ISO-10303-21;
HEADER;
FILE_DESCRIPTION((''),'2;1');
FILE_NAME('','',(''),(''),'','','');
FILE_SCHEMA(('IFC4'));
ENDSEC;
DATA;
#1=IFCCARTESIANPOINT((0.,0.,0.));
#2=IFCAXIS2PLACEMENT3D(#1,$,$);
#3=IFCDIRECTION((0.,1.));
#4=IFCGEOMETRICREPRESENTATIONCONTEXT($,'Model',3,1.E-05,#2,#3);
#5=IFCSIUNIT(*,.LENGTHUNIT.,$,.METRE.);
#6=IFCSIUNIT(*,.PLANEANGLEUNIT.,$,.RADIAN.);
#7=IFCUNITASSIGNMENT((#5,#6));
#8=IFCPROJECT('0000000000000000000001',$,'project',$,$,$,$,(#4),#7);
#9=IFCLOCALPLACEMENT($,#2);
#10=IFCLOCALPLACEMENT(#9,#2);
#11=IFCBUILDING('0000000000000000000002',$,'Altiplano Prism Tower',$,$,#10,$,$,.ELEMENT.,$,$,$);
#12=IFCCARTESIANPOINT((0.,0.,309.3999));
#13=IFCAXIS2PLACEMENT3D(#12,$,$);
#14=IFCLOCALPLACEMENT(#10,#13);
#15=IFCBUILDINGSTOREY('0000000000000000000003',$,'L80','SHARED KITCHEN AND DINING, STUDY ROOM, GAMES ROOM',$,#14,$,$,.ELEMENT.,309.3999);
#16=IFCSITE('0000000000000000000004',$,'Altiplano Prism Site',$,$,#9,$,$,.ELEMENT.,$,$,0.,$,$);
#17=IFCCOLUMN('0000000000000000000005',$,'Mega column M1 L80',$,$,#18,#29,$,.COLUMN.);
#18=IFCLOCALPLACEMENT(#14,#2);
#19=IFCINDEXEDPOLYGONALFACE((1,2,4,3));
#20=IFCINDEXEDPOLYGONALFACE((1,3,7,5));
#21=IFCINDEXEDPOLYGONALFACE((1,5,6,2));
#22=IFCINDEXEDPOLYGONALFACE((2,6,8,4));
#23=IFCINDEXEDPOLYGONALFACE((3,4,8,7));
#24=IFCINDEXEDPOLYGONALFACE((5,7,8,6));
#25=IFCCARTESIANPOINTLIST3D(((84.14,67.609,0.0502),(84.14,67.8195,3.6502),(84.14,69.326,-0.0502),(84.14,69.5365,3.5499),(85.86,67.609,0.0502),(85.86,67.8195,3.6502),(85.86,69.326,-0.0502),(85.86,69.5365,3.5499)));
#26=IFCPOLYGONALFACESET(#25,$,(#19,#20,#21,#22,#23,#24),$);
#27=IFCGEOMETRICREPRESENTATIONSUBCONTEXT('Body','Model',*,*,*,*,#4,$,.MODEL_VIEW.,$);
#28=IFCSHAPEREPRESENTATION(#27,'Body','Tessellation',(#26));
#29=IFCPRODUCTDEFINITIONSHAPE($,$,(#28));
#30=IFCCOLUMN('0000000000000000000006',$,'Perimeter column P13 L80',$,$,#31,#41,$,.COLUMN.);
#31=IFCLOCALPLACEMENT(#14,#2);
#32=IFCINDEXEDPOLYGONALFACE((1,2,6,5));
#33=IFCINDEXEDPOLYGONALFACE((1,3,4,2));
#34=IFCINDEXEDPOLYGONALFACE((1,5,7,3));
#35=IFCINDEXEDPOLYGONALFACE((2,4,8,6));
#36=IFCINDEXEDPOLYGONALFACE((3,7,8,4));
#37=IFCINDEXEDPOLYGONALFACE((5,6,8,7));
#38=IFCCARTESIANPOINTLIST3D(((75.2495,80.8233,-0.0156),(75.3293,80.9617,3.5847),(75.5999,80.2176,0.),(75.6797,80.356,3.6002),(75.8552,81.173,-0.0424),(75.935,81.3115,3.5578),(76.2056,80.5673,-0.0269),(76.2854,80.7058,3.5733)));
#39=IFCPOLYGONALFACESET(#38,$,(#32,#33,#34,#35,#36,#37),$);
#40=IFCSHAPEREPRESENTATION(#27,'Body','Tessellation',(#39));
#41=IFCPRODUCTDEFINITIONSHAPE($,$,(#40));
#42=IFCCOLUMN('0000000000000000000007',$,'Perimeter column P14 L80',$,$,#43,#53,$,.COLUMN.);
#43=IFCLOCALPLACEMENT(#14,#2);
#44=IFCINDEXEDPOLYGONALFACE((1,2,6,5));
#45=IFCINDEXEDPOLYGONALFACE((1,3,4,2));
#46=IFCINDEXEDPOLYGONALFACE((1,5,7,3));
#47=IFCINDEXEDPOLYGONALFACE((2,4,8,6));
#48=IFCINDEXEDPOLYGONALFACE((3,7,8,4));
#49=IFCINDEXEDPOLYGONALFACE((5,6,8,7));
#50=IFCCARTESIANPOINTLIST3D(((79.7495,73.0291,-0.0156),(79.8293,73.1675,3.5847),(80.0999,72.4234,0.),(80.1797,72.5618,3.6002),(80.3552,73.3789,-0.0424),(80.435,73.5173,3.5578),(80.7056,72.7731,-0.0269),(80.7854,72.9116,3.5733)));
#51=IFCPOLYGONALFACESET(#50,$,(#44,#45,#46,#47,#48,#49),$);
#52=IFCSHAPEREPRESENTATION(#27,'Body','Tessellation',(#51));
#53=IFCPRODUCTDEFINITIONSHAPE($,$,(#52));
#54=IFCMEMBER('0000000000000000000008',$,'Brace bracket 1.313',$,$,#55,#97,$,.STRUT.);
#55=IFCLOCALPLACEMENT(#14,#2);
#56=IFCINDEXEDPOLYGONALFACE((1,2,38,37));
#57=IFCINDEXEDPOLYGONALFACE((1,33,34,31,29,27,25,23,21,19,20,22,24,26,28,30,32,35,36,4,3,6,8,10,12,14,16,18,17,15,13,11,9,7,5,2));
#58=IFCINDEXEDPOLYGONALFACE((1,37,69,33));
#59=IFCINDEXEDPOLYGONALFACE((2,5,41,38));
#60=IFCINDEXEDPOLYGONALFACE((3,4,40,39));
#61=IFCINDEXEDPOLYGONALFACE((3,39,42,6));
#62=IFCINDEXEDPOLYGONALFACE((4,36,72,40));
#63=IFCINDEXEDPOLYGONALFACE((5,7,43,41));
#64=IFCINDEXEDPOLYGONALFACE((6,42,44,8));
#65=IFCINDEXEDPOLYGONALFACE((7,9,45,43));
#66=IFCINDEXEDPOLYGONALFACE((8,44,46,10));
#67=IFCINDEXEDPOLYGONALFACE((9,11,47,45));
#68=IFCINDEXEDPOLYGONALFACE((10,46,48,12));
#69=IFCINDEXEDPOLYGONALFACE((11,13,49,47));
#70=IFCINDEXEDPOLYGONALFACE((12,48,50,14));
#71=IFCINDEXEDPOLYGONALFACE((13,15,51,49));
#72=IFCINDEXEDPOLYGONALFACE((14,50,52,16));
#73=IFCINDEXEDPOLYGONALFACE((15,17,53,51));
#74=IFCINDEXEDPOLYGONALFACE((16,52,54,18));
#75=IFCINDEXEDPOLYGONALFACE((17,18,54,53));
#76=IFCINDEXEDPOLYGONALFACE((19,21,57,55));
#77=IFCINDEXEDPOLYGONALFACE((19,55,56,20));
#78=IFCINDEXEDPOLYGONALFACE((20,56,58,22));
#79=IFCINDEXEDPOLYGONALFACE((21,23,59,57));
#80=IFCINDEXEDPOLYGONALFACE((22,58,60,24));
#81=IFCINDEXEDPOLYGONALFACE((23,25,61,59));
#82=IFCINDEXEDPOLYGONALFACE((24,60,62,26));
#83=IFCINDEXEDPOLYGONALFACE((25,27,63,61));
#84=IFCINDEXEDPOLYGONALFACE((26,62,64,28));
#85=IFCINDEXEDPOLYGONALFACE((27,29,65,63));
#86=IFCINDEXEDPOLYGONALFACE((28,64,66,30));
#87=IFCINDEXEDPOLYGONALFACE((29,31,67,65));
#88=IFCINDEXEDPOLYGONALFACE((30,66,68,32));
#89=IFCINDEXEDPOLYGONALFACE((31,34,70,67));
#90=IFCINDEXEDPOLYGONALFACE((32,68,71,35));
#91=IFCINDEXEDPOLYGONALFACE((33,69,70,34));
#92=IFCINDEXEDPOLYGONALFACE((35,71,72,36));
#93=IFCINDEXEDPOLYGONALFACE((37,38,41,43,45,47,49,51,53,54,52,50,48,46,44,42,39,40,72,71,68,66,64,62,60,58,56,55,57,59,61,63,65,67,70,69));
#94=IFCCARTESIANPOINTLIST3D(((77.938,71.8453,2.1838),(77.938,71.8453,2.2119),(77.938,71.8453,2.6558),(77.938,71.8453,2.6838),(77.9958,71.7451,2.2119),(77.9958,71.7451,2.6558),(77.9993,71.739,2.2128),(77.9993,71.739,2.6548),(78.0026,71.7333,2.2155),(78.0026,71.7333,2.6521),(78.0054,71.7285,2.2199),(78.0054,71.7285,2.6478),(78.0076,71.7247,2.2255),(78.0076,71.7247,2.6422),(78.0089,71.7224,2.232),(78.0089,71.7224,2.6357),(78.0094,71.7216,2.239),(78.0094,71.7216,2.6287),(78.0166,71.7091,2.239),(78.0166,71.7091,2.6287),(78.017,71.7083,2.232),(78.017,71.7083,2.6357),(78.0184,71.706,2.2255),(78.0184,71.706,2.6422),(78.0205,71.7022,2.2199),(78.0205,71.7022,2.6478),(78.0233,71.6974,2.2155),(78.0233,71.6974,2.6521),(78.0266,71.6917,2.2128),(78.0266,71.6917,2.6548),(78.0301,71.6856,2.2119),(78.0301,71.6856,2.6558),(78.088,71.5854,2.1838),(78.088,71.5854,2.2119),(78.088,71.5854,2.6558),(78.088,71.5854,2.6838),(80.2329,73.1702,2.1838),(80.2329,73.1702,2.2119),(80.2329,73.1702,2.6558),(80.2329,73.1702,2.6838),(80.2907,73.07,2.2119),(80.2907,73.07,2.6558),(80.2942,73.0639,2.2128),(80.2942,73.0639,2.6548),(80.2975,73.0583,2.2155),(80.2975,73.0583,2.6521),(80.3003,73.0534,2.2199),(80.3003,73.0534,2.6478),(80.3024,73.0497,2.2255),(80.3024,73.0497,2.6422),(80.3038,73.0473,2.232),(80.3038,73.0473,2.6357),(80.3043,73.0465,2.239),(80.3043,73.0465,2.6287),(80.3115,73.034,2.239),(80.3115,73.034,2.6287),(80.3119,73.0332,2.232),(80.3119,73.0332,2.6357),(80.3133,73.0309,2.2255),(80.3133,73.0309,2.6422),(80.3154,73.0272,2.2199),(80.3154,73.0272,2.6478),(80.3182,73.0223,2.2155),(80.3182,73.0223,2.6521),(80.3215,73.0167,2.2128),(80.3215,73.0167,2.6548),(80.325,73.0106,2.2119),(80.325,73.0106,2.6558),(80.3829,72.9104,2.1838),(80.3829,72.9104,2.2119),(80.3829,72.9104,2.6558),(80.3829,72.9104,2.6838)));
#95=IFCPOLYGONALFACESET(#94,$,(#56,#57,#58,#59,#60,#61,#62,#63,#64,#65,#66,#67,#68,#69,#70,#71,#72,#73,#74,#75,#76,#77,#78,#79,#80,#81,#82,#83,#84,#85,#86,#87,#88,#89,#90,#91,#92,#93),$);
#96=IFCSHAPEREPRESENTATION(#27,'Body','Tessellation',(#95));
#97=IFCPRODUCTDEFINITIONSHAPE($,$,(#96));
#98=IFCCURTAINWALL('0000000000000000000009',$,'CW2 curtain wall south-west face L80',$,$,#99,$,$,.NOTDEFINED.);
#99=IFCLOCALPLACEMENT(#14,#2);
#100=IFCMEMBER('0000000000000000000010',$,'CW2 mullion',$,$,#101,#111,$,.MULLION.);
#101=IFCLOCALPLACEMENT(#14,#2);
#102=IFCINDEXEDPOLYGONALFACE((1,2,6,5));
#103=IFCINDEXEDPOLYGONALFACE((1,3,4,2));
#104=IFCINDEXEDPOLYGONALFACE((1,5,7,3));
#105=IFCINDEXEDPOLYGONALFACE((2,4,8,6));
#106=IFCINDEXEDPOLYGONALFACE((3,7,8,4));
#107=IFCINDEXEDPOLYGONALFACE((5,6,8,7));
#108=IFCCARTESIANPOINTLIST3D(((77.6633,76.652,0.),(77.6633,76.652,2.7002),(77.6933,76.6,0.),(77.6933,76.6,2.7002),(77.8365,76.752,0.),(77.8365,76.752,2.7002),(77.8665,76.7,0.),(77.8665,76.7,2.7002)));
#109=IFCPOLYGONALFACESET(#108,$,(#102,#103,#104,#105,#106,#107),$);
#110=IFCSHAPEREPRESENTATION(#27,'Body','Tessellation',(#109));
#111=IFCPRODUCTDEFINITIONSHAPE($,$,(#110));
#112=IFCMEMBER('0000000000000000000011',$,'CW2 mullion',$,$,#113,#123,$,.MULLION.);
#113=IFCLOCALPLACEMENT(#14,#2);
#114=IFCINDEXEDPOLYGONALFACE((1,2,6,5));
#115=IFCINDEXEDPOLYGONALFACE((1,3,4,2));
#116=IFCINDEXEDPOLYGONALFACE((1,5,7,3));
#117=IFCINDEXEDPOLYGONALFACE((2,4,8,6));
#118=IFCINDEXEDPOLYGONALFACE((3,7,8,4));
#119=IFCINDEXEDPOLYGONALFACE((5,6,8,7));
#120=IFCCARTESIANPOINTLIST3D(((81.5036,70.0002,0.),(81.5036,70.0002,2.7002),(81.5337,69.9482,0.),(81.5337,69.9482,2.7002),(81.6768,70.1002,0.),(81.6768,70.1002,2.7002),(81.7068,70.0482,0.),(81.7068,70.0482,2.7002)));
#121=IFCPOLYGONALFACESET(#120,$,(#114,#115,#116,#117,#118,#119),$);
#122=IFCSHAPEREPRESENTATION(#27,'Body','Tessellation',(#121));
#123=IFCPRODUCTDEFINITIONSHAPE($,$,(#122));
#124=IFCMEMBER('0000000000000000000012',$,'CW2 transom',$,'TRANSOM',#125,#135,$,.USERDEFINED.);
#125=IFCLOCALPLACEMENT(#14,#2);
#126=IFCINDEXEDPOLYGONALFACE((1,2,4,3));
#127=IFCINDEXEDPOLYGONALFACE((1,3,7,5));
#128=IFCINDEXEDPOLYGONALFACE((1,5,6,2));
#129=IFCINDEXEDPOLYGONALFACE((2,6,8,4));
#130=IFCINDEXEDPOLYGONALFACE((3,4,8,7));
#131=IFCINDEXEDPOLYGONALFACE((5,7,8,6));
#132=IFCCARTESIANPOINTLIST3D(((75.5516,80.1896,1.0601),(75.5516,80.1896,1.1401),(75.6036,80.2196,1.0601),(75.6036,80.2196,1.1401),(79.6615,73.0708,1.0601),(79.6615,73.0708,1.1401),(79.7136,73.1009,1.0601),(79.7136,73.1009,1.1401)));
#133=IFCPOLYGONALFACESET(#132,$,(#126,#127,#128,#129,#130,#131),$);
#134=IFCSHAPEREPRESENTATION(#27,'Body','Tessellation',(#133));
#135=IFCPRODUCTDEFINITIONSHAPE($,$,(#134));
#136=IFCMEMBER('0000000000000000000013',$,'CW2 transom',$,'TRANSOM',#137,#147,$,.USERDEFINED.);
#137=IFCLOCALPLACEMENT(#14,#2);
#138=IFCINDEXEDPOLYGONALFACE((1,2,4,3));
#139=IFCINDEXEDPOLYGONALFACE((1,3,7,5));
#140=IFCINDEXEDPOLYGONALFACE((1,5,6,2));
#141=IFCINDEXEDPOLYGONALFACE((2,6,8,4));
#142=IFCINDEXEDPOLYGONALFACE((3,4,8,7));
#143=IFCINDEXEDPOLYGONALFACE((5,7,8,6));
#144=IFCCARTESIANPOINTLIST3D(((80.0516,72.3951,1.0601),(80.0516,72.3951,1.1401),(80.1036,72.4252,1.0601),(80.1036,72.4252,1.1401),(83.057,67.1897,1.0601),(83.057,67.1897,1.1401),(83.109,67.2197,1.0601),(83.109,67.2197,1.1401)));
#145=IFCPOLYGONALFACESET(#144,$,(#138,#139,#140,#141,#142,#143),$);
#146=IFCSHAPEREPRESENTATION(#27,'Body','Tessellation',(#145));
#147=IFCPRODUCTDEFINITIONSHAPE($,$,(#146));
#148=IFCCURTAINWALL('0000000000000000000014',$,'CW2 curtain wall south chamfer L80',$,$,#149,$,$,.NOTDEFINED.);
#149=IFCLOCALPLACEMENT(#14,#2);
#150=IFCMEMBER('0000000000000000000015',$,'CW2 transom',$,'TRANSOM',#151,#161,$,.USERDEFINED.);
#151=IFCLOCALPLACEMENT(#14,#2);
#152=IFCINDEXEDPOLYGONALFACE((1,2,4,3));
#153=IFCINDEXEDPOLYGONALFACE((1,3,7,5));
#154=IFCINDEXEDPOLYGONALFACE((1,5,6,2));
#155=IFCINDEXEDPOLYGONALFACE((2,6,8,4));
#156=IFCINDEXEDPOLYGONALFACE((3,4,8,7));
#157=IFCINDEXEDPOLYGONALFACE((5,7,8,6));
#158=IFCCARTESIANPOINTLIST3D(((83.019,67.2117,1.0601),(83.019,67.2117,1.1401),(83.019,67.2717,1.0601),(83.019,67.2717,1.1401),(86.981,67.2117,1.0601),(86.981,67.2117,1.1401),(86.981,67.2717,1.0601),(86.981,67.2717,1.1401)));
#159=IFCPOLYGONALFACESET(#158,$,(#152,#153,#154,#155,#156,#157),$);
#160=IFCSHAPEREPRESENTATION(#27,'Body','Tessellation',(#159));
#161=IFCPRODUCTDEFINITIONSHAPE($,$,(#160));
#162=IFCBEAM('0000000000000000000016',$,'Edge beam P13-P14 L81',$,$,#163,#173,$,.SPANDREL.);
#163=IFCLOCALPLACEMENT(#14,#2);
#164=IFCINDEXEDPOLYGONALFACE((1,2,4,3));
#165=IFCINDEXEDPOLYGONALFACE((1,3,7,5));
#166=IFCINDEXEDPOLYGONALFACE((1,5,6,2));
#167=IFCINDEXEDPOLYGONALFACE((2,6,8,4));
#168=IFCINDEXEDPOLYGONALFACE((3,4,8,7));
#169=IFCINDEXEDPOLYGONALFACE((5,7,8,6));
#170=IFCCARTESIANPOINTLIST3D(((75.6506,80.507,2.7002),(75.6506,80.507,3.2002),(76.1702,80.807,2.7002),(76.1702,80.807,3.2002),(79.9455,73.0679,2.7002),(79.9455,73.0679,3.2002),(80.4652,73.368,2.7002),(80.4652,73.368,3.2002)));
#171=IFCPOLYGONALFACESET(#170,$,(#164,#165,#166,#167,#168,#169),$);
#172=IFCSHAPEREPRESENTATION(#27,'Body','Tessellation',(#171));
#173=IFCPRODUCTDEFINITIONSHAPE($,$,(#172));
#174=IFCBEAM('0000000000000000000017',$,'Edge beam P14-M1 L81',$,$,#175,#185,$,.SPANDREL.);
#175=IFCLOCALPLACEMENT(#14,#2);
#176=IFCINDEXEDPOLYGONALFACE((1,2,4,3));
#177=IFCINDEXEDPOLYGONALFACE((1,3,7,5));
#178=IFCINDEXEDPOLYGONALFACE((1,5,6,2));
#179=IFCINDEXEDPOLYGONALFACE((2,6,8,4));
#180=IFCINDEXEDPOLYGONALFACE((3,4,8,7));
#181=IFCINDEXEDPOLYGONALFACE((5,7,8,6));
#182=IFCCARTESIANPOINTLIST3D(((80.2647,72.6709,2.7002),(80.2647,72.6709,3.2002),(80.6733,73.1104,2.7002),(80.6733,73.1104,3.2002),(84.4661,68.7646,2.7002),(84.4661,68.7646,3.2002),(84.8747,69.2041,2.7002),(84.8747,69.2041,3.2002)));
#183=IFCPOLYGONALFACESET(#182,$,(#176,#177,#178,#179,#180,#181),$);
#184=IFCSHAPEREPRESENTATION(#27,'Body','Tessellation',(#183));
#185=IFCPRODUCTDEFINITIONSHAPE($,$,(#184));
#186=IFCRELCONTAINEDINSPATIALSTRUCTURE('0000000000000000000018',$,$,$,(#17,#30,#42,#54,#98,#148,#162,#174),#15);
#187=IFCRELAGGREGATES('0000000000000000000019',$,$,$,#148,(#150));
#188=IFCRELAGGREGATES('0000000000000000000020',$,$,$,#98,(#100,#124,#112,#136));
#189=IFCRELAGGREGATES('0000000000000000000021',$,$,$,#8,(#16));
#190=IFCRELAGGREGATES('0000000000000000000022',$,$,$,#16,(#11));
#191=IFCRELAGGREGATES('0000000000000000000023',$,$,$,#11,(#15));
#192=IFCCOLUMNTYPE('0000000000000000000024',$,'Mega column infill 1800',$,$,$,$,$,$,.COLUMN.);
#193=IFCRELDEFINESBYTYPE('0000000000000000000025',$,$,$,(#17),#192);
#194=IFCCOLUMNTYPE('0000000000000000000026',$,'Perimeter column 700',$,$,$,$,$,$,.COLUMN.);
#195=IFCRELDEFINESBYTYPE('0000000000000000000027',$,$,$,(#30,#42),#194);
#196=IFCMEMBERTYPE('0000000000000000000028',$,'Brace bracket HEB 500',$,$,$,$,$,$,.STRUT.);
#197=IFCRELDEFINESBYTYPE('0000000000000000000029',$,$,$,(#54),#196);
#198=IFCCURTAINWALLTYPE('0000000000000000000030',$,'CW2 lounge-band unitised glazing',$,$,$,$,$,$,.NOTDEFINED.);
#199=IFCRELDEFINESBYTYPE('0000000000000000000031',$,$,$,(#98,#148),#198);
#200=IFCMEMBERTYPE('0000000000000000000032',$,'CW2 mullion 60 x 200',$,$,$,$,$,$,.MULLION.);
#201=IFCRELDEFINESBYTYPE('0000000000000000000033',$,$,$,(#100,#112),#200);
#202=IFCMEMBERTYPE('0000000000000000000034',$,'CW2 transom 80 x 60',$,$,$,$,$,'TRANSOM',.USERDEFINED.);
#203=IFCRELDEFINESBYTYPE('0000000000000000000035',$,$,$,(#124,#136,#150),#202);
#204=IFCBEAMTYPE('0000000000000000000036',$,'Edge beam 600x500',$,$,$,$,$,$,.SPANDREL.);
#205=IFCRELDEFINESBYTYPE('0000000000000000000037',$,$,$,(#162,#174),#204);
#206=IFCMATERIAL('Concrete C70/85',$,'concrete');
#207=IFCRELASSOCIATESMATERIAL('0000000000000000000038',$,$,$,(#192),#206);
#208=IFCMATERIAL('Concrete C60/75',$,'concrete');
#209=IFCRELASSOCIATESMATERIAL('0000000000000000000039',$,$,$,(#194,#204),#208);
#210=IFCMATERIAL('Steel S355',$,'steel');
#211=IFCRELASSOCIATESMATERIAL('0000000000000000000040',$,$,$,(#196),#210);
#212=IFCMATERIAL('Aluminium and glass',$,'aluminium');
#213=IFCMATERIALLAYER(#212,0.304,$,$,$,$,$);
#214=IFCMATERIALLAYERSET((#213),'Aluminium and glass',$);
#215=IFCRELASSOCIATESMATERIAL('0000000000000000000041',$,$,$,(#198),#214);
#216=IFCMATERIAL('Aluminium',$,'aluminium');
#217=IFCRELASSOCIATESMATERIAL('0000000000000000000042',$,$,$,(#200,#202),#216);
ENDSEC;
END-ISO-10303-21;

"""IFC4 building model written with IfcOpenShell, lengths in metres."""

from ifc_helpers import new_model, si_unit, direction, frame, origin, origin_2d, place, context, subcontext, project, spatial, rectangle, i_section, extrude, material, layer, layer_set, material_profile, profile_set, type_object, element, aggregate, save


model = new_model("IFC4")

# Units and contexts
model_context = context("Model", 3, precision=1e-05, world=origin(), true_north=direction((0.0, 1.0)))
body_context = subcontext(model_context, "Body", "Model", "MODEL_VIEW")
ifc_project = project(units=[si_unit("LENGTHUNIT", "METRE"), si_unit("PLANEANGLEUNIT", "RADIAN")], contexts=[model_context])

# Site, building, storey
site_placement = place(None, origin())
site = spatial("IfcSite", under=ifc_project, at=site_placement, Name="Altiplano Prism Site", CompositionType="ELEMENT", RefElevation=0.0)
building_placement = place(site_placement, origin())
building = spatial("IfcBuilding", under=site, at=building_placement, Name="Altiplano Prism Tower", CompositionType="ELEMENT")
storey_placement = place(building_placement, frame((0.0, 0.0, 309.3999)))
storey = spatial("IfcBuildingStorey", under=building, at=storey_placement, Name="L80", Description="SHARED KITCHEN AND DINING, STUDY ROOM, GAMES ROOM", CompositionType="ELEMENT", Elevation=309.3999)

# Columns
ifc_material_1 = material(Name="Concrete C70/85", Category="concrete")
ifc_material_profile_1 = material_profile(ifc_material_1, rectangle(XDim=1.72, YDim=1.72, at=origin_2d()), Name="Mega column infill 1800")
ifc_profile_set_1 = profile_set([ifc_material_profile_1], Name="Concrete C70/85")
column_type_1 = type_object("IfcColumnType", Name="Mega column infill 1800", PredefinedType="COLUMN", material=ifc_profile_set_1)
column_placement = place(storey_placement, frame((85.0, 68.4675, 0.0), z_axis=(0.0, 0.058357, 0.998296), x_axis=(-1.0, 0.0, 0.0)))
element("IfcColumn", 1, at=column_placement, inside=storey, type_object=column_type_1, Name="Mega column M1 L80", PredefinedType="COLUMN", context=body_context, shape_type="SweptSolid", body=[
    extrude(rectangle(XDim=1.72, YDim=1.72, at=origin_2d()), origin(), (0.0, 0.0, 1.0), 3.6062),
])
ifc_material_2 = material(Name="Concrete C60/75", Category="concrete")
ifc_material_profile_2 = material_profile(ifc_material_2, rectangle(XDim=0.7, YDim=0.7, at=origin_2d()), Name="Perimeter column 700")
ifc_profile_set_2 = profile_set([ifc_material_profile_2], Name="Concrete C60/75")
column_type_2 = type_object("IfcColumnType", Name="Perimeter column 700", PredefinedType="COLUMN", material=ifc_profile_set_2)
for number, where, z_axis, x_axis, name in (
    (2, (75.7275, 80.6953, -0.0212), (0.022154, 0.038413, 0.999016), (-0.865365, -0.499669, 0.038403), "Perimeter column P13 L80"),
    (3, (80.2275, 72.9011, -0.0212), (0.022154, 0.038413, 0.999016), (-0.865362, -0.499674, 0.038403), "Perimeter column P14 L80"),
):
    element("IfcColumn", number, at=place(storey_placement, frame(where, z_axis=z_axis, x_axis=x_axis)), inside=storey, type_object=column_type_2, Name=name, PredefinedType="COLUMN", context=body_context, shape_type="SweptSolid", body=[
        extrude(rectangle(XDim=0.7, YDim=0.7, at=origin_2d()), origin(), (0.0, 0.0, 1.0), 3.6038),
    ])

# Member
ifc_material_3 = material(Name="Steel S355", Category="steel")
ifc_material_profile_3 = material_profile(ifc_material_3, i_section(OverallWidth=0.3, OverallDepth=0.5, WebThickness=0.0144, FlangeThickness=0.0281, FilletRadius=0.0271, at=origin_2d()), Name="Brace bracket HEB 500")
ifc_profile_set_3 = profile_set([ifc_material_profile_3], Name="Steel S355")
member_type_1 = type_object("IfcMemberType", Name="Brace bracket HEB 500", PredefinedType="STRUT", material=ifc_profile_set_3)
member_1_placement = place(storey_placement, frame((80.3079, 73.0403, 2.4338), z_axis=(-0.866029, -0.499994, 0.0), x_axis=(0.499994, -0.866029, 0.0)))
element("IfcMember", 4, at=member_1_placement, inside=storey, type_object=member_type_1, Name="Brace bracket 1.313", PredefinedType="STRUT", context=body_context, shape_type="SweptSolid", body=[
    extrude(i_section(OverallWidth=0.3, OverallDepth=0.5, WebThickness=0.0144, FlangeThickness=0.0281, FilletRadius=0.0271, at=origin_2d()), origin(), (0.0, 0.0, 1.0), 2.6499),
])

# Curtain wall, members
ifc_material_4 = material(Name="Aluminium and glass", Category="aluminium")
ifc_layer_1 = layer(ifc_material_4, 0.304)
ifc_layer_set_1 = layer_set([ifc_layer_1], Name="Aluminium and glass")
curtain_wall_type = type_object("IfcCurtainWallType", Name="CW2 lounge-band unitised glazing", PredefinedType="NOTDEFINED", material=ifc_layer_set_1)
curtain_wall_1_placement = place(storey_placement, origin())
curtain_wall_1 = element("IfcCurtainWall", 5, at=curtain_wall_1_placement, inside=storey, type_object=curtain_wall_type, Name="CW2 curtain wall south-west face L80", PredefinedType="NOTDEFINED")
ifc_material_5 = material(Name="Aluminium", Category="aluminium")
ifc_material_profile_4 = material_profile(ifc_material_5, rectangle(XDim=0.2, YDim=0.0601, at=origin_2d()), Name="CW2 mullion 60 x 200")
ifc_profile_set_4 = profile_set([ifc_material_profile_4], Name="Aluminium")
member_type_2 = type_object("IfcMemberType", Name="CW2 mullion 60 x 200", PredefinedType="MULLION", material=ifc_profile_set_4)
member_2_placement = place(storey_placement, frame((77.7649, 76.676, 0.0), z_axis=(0.0, 0.0, 1.0), x_axis=(0.866025, 0.5, 0.0)))
member_2 = element("IfcMember", 6, at=member_2_placement, type_object=member_type_2, Name="CW2 mullion", PredefinedType="MULLION", context=body_context, shape_type="SweptSolid", body=[
    extrude(rectangle(XDim=0.2, YDim=0.0601, at=origin_2d()), origin(), (0.0, 0.0, 1.0), 2.7002),
])
member_3_placement = place(storey_placement, frame((81.6052, 70.0242, 0.0), z_axis=(0.0, 0.0, 1.0), x_axis=(0.866025, 0.5, 0.0)))
member_3 = element("IfcMember", 7, at=member_3_placement, type_object=member_type_2, Name="CW2 mullion", PredefinedType="MULLION", context=body_context, shape_type="SweptSolid", body=[
    extrude(rectangle(XDim=0.2, YDim=0.0601, at=origin_2d()), origin(), (0.0, 0.0, 1.0), 2.7002),
])
ifc_material_profile_5 = material_profile(ifc_material_5, rectangle(XDim=0.0601, YDim=0.0801, at=origin_2d()), Name="CW2 transom 80 x 60")
ifc_profile_set_5 = profile_set([ifc_material_profile_5], Name="Aluminium")
member_type_3 = type_object("IfcMemberType", Name="CW2 transom 80 x 60", ElementType="TRANSOM", PredefinedType="USERDEFINED", material=ifc_profile_set_5)
member_4_placement = place(storey_placement, frame((75.5776, 80.2046, 1.1001), z_axis=(0.499992, -0.86603, 0.0), x_axis=(0.86603, 0.499992, 0.0)))
member_4 = element("IfcMember", 8, at=member_4_placement, type_object=member_type_3, Name="CW2 transom", ObjectType="TRANSOM", PredefinedType="USERDEFINED", context=body_context, shape_type="SweptSolid", body=[
    extrude(rectangle(XDim=0.0601, YDim=0.0801, at=origin_2d()), origin(), (0.0, 0.0, 1.0), 8.22),
])
member_5_placement = place(storey_placement, frame((80.0776, 72.4102, 1.1001), z_axis=(0.499992, -0.86603, 0.0), x_axis=(0.86603, 0.499992, 0.0)))
member_5 = element("IfcMember", 9, at=member_5_placement, type_object=member_type_3, Name="CW2 transom", ObjectType="TRANSOM", PredefinedType="USERDEFINED", context=body_context, shape_type="SweptSolid", body=[
    extrude(rectangle(XDim=0.0601, YDim=0.0801, at=origin_2d()), origin(), (0.0, 0.0, 1.0), 6.0107),
])

# Curtain wall, member
curtain_wall_2_placement = place(storey_placement, origin())
curtain_wall_2 = element("IfcCurtainWall", 10, at=curtain_wall_2_placement, inside=storey, type_object=curtain_wall_type, Name="CW2 curtain wall south chamfer L80", PredefinedType="NOTDEFINED")
member_6_placement = place(storey_placement, frame((83.019, 67.2417, 1.1001), z_axis=(1.0, 0.0, 0.0), x_axis=(0.0, 1.0, 0.0)))
member_6 = element("IfcMember", 11, at=member_6_placement, type_object=member_type_3, Name="CW2 transom", ObjectType="TRANSOM", PredefinedType="USERDEFINED", context=body_context, shape_type="SweptSolid", body=[
    extrude(rectangle(XDim=0.0601, YDim=0.0801, at=origin_2d()), origin(), (0.0, 0.0, 1.0), 3.9619),
])
aggregate(curtain_wall_2, [member_6])

# Beams
ifc_material_profile_6 = material_profile(ifc_material_2, rectangle(XDim=0.6001, YDim=0.5, at=origin_2d()), Name="Edge beam 600x500")
ifc_profile_set_6 = profile_set([ifc_material_profile_6], Name="Concrete C60/75")
beam_type = type_object("IfcBeamType", Name="Edge beam 600x500", PredefinedType="SPANDREL", material=ifc_profile_set_6)
beam_1_placement = place(storey_placement, frame((75.9104, 80.657, 2.9502), z_axis=(0.500003, -0.866024, 0.0), x_axis=(0.866024, 0.500003, 0.0)))
element("IfcBeam", 12, at=beam_1_placement, inside=storey, type_object=beam_type, Name="Edge beam P13-P14 L81", PredefinedType="SPANDREL", context=body_context, shape_type="SweptSolid", body=[
    extrude(rectangle(XDim=0.6001, YDim=0.5, at=origin_2d()), origin(), (0.0, 0.0, 1.0), 8.5898),
])
beam_2_placement = place(storey_placement, frame((80.469, 72.8906, 2.9502), z_axis=(0.732364, -0.680913, 0.0), x_axis=(0.680913, 0.732364, 0.0)))
element("IfcBeam", 13, at=beam_2_placement, inside=storey, type_object=beam_type, Name="Edge beam P14-M1 L81", PredefinedType="SPANDREL", context=body_context, shape_type="SweptSolid", body=[
    extrude(rectangle(XDim=0.6001, YDim=0.5, at=origin_2d()), origin(), (0.0, 0.0, 1.0), 5.7368),
])

aggregate(curtain_wall_1, [member_2, member_4, member_3, member_5])

save(model, "model.ifc")
